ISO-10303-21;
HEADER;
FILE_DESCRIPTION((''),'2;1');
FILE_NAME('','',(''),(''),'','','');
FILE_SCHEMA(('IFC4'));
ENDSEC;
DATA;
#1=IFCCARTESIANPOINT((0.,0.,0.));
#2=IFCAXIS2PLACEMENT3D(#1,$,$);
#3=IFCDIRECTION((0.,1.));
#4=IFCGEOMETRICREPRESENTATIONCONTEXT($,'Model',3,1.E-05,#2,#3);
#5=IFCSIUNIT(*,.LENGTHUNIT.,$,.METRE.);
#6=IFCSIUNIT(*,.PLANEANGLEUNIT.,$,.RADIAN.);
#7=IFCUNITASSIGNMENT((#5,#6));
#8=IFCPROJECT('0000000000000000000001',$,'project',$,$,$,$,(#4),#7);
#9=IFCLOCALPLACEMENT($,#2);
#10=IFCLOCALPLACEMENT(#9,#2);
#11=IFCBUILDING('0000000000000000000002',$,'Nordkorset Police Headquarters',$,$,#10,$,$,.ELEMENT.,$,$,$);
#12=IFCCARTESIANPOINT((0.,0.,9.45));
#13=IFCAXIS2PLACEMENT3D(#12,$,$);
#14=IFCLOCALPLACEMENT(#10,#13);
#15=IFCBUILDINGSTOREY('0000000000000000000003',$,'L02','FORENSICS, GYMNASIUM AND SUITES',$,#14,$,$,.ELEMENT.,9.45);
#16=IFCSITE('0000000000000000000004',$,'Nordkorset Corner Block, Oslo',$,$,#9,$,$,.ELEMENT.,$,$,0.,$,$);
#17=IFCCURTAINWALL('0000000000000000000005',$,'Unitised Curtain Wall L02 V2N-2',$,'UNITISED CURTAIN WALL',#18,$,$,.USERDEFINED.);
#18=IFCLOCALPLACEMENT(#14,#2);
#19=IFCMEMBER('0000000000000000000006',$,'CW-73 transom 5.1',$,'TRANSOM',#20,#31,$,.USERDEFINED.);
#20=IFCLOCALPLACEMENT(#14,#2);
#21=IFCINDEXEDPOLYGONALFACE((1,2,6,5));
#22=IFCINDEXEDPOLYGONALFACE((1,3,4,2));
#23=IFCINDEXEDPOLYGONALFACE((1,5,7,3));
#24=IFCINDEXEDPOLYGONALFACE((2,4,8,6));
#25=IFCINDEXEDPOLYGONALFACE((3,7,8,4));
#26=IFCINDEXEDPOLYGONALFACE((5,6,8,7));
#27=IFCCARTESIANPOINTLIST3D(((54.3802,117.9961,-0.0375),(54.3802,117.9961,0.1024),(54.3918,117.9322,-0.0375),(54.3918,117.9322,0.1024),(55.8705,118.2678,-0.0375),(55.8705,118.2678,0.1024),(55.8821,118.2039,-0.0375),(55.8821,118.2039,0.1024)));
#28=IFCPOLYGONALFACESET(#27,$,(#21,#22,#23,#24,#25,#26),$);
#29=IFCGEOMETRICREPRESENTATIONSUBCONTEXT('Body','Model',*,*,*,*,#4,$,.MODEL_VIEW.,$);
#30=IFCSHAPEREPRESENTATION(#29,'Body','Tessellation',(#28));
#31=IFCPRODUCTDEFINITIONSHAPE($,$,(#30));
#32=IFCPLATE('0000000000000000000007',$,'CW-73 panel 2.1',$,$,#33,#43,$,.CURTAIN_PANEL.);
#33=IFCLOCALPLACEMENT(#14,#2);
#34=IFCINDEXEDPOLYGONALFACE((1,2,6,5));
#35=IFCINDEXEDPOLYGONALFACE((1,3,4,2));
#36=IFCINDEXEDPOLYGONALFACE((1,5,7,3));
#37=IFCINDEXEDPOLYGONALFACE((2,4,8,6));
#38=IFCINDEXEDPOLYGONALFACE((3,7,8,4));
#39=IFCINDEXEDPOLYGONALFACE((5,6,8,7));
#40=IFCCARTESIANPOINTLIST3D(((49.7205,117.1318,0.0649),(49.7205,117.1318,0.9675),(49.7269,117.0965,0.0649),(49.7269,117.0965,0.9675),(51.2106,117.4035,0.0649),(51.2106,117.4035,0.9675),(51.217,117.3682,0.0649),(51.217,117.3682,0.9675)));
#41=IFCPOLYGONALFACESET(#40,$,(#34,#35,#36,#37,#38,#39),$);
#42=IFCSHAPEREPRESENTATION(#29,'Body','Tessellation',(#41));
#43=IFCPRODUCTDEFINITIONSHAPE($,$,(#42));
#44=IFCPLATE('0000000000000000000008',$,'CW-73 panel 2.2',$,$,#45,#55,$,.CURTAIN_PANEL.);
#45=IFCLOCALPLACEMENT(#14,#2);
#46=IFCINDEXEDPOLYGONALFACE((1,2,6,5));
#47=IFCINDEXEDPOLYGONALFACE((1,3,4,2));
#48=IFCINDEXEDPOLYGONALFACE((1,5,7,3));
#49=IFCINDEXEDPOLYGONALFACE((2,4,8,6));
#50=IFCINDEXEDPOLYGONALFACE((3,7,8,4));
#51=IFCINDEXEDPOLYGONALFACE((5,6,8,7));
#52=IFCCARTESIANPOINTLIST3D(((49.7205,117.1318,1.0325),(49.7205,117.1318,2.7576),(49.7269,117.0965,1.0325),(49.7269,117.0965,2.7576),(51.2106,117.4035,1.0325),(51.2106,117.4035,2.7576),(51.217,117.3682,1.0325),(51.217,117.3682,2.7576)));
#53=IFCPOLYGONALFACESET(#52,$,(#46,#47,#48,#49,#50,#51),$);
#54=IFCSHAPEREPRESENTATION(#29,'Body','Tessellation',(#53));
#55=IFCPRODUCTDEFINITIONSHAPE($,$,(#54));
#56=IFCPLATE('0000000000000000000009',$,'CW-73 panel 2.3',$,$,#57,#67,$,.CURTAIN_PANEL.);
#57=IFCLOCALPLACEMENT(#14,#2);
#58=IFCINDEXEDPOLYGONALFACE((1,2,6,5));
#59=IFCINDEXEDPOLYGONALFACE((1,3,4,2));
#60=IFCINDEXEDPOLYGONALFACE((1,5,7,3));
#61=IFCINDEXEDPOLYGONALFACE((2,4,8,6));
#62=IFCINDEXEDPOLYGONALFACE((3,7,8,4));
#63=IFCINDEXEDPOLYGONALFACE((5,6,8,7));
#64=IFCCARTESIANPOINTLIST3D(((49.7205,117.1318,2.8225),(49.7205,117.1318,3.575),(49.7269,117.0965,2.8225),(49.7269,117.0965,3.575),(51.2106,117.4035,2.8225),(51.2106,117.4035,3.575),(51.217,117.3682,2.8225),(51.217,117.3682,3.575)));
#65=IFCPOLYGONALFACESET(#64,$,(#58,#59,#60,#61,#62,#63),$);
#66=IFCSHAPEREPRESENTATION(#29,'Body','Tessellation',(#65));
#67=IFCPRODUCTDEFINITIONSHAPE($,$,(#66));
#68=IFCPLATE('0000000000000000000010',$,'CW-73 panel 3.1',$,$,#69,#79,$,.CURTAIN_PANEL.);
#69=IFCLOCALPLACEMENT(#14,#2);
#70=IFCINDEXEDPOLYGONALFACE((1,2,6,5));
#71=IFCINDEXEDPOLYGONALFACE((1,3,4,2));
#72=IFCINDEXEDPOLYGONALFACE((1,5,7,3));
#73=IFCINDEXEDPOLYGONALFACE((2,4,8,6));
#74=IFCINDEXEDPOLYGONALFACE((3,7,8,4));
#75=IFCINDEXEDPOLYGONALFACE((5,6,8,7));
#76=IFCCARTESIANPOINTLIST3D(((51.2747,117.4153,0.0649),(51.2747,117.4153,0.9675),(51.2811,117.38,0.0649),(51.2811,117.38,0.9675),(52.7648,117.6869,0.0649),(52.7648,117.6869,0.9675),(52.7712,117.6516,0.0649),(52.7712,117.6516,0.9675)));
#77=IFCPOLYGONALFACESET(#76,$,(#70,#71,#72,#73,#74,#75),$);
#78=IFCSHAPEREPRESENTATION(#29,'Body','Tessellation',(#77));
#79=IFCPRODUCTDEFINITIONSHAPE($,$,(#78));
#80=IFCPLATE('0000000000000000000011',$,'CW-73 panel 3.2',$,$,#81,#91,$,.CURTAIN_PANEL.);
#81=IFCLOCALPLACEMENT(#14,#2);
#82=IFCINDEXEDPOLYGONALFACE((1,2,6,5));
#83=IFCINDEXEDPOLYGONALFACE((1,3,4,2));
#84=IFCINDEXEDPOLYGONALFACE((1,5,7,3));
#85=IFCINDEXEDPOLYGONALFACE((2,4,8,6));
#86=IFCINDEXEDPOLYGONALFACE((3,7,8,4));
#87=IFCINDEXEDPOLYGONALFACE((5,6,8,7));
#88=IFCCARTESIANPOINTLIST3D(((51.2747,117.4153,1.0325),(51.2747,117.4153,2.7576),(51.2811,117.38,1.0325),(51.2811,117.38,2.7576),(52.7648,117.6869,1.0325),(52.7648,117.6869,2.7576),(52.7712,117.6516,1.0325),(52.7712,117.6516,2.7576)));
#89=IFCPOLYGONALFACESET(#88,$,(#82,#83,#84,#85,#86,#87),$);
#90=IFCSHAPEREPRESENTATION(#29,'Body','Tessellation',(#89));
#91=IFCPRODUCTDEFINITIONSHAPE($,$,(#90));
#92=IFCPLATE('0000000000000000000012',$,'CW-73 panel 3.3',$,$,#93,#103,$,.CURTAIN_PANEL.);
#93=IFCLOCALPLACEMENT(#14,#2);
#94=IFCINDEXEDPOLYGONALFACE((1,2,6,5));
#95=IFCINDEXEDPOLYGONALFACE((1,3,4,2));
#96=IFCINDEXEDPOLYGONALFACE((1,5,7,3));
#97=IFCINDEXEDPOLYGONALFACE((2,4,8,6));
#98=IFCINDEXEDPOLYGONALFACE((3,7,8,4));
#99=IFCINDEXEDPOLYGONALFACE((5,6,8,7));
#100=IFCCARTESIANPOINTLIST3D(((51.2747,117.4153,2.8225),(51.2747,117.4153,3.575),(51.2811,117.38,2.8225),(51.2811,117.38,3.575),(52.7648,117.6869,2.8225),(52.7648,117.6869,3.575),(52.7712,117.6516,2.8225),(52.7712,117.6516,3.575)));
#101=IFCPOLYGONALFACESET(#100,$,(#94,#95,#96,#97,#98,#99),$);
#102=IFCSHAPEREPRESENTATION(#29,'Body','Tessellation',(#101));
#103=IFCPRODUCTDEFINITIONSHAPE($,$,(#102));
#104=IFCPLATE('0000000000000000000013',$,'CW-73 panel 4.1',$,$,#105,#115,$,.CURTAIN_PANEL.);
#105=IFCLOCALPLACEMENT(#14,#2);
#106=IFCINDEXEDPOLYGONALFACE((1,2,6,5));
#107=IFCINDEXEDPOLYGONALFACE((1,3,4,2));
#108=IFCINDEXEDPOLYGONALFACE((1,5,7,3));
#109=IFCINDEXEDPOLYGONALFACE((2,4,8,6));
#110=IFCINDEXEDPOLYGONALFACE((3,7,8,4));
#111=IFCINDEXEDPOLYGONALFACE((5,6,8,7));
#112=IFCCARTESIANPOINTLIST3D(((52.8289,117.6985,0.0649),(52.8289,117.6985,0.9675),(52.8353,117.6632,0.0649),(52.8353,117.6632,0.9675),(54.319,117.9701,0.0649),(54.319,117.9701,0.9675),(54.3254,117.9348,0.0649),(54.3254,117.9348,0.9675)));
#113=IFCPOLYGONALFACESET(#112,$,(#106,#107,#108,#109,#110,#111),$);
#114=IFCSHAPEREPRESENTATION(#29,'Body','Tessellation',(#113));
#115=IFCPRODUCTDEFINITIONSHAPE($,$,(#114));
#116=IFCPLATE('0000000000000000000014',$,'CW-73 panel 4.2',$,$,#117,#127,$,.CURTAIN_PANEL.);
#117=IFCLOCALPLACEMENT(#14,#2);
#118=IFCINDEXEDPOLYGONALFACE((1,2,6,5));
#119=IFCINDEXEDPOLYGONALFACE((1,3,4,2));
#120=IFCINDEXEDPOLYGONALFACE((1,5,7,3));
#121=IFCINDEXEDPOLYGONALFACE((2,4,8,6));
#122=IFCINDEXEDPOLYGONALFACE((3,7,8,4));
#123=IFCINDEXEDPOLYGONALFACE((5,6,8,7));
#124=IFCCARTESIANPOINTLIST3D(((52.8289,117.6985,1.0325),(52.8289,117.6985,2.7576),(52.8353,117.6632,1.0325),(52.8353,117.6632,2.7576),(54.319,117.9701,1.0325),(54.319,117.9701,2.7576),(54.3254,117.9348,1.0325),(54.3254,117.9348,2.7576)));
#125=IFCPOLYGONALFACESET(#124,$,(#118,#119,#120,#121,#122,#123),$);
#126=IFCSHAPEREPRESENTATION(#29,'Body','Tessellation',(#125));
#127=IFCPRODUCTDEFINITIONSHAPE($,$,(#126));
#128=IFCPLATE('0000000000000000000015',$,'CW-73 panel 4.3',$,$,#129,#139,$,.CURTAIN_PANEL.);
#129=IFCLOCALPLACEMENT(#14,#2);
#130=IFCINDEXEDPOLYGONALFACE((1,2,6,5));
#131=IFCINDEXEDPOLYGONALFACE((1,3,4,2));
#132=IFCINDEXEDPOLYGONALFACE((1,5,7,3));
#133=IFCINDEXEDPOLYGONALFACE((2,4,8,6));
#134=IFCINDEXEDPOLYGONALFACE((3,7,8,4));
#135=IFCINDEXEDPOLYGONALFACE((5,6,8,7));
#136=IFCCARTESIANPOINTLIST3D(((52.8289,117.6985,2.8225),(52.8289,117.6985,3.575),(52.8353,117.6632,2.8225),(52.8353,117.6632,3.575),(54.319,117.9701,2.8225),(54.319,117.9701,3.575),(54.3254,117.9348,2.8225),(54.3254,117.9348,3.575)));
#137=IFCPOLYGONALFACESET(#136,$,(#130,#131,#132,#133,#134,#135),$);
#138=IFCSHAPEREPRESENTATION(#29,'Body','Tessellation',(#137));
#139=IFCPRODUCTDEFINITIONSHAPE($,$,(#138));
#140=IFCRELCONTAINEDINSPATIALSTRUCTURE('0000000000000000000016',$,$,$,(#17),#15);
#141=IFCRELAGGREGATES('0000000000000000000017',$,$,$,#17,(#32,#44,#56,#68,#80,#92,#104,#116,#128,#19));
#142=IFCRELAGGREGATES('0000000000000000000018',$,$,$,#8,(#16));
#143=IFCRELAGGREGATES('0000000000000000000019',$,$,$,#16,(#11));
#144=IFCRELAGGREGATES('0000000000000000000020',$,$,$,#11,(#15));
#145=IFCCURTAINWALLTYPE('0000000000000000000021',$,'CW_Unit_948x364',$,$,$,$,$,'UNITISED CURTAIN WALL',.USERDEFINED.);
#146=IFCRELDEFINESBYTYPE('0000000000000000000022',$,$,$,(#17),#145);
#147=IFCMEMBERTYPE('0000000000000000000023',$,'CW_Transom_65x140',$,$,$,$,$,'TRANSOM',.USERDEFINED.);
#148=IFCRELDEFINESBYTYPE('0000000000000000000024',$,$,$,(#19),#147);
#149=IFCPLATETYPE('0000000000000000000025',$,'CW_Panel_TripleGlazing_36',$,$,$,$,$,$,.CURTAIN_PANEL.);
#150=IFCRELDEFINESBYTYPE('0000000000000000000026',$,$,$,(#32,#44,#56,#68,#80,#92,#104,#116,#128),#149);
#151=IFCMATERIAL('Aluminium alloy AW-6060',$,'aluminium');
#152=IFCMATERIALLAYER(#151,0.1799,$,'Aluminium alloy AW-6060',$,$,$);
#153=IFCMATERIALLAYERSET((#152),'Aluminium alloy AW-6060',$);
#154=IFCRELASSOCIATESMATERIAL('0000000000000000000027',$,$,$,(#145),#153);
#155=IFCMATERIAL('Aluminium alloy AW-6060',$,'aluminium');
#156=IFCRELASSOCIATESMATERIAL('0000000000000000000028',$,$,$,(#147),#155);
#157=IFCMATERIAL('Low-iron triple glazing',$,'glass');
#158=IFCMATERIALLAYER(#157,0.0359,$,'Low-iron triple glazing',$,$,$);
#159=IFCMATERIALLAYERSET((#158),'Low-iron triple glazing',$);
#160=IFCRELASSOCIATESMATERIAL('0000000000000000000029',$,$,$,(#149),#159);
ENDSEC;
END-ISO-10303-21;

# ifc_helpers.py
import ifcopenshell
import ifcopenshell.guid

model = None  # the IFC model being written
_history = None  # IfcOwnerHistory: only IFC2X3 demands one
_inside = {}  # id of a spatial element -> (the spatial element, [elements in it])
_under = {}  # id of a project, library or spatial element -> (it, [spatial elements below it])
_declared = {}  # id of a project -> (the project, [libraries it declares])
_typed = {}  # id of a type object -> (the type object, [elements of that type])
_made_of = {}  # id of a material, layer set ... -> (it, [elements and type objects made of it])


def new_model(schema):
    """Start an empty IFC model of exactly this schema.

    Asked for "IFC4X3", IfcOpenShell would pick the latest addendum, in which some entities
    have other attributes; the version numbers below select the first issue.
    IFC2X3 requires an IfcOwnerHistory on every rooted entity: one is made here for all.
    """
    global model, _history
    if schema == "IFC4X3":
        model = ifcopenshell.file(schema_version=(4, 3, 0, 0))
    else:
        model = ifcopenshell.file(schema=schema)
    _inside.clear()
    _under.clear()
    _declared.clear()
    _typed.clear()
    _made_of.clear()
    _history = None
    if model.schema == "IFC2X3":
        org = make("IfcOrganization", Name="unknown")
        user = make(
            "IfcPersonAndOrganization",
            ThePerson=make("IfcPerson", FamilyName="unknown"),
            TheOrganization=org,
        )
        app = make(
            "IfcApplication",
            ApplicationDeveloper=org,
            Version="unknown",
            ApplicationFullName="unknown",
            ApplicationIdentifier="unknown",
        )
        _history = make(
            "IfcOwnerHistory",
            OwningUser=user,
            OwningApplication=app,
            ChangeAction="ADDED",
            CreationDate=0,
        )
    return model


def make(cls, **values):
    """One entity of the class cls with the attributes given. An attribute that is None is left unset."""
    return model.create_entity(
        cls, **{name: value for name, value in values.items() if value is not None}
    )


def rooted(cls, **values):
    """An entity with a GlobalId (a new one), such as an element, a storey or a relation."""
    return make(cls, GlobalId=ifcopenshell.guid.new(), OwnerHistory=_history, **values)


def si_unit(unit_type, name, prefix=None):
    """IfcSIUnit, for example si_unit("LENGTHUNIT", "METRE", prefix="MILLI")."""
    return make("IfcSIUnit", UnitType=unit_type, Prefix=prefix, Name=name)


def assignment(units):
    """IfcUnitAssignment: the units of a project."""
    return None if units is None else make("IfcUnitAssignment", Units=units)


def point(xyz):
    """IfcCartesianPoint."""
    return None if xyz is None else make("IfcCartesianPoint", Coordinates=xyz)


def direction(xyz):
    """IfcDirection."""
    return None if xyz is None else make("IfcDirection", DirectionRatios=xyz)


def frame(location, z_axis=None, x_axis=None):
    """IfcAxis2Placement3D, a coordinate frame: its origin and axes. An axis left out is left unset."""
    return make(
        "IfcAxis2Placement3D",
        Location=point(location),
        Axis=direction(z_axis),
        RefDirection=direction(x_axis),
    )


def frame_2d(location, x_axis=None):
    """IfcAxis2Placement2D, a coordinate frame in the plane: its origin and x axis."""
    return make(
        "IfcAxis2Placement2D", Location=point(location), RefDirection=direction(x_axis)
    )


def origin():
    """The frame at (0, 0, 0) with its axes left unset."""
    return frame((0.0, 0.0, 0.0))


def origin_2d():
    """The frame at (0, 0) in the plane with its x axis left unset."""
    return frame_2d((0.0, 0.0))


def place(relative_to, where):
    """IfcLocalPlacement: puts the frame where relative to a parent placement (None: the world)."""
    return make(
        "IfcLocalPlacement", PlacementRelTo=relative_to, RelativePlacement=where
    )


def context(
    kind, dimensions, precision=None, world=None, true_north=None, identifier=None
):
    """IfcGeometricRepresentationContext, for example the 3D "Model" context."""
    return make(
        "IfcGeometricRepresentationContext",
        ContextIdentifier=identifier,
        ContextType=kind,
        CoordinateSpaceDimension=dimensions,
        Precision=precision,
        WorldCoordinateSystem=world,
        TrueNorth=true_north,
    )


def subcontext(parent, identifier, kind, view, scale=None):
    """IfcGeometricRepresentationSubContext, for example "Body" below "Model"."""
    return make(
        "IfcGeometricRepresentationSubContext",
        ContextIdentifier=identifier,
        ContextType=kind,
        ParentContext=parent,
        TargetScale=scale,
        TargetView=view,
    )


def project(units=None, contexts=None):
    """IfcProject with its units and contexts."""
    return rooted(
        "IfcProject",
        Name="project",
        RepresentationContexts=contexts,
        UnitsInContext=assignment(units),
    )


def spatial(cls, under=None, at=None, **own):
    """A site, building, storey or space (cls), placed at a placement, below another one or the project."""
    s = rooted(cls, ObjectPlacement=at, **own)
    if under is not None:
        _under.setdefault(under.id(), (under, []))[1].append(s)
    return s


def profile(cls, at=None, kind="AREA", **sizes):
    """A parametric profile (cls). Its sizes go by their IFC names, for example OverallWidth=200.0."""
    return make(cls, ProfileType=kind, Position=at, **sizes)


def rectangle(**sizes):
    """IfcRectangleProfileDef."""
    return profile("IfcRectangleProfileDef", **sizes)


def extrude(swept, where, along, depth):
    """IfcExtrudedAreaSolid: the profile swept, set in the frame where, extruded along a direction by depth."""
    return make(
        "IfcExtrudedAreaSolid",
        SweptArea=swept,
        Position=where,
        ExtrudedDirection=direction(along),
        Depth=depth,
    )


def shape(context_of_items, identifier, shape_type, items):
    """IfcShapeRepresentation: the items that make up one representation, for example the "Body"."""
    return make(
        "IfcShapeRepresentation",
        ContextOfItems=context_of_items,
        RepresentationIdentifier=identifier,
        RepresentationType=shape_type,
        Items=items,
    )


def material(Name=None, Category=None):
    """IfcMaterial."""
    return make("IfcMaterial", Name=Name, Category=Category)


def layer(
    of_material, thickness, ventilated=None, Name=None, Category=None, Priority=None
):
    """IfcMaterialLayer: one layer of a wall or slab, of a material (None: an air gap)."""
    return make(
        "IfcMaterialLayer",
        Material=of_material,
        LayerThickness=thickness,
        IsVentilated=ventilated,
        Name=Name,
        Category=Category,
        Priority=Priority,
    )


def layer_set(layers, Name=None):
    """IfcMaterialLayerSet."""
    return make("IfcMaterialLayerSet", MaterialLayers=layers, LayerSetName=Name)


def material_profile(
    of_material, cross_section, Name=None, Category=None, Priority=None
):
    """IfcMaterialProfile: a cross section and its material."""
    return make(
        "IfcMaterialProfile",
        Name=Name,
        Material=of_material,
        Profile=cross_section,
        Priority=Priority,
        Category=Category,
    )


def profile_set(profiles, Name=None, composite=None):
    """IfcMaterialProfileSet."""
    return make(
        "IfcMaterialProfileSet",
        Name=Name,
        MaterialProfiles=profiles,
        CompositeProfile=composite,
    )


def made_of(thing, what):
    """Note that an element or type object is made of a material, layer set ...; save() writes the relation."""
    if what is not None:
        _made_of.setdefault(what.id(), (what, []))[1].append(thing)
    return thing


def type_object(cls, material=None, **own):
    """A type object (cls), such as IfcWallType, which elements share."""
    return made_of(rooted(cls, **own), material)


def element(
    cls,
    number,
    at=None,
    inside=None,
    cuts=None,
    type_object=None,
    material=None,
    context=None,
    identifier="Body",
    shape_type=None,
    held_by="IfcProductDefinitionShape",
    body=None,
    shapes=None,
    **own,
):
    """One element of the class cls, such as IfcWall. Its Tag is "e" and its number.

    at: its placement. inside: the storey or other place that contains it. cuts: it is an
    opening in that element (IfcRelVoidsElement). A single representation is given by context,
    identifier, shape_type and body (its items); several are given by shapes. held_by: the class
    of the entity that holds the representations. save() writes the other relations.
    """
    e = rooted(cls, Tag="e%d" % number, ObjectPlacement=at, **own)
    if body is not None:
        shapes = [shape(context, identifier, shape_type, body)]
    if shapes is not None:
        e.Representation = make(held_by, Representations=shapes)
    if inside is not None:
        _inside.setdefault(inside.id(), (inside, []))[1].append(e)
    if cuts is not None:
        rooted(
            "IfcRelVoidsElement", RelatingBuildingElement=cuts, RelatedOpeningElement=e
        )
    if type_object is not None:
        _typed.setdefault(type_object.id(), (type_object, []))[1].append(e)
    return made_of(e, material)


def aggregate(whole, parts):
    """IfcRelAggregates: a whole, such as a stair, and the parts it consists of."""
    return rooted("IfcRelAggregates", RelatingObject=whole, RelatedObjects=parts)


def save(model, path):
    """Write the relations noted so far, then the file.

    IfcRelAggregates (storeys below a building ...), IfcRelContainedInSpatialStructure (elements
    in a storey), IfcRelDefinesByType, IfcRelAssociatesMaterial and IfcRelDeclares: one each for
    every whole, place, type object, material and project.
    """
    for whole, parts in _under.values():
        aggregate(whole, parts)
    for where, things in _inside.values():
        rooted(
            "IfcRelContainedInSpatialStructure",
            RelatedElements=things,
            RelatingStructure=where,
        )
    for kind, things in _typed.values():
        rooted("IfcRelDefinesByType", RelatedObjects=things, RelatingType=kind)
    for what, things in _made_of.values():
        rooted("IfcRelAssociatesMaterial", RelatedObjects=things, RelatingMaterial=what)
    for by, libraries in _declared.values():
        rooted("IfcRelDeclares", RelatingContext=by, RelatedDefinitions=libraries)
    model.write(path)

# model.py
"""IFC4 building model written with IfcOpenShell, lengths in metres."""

from ifc_helpers import new_model, si_unit, direction, frame, origin, origin_2d, place, context, subcontext, project, spatial, rectangle, extrude, material, layer, layer_set, material_profile, profile_set, type_object, element, aggregate, save


model = new_model("IFC4")

# Units and contexts
model_context = context("Model", 3, precision=1e-05, world=origin(), true_north=direction((0.0, 1.0)))
body_context = subcontext(model_context, "Body", "Model", "MODEL_VIEW")
ifc_project = project(units=[si_unit("LENGTHUNIT", "METRE"), si_unit("PLANEANGLEUNIT", "RADIAN")], contexts=[model_context])

# Site, building, storey
site_placement = place(None, origin())
site = spatial("IfcSite", under=ifc_project, at=site_placement, Name="Nordkorset Corner Block, Oslo", CompositionType="ELEMENT", RefElevation=0.0)
building_placement = place(site_placement, origin())
building = spatial("IfcBuilding", under=site, at=building_placement, Name="Nordkorset Police Headquarters", CompositionType="ELEMENT")
storey_placement = place(building_placement, frame((0.0, 0.0, 9.45)))
storey = spatial("IfcBuildingStorey", under=building, at=storey_placement, Name="L02", Description="FORENSICS, GYMNASIUM AND SUITES", CompositionType="ELEMENT", Elevation=9.45)

# Curtain wall, member, plates
ifc_material_1 = material(Name="Aluminium alloy AW-6060", Category="aluminium")
ifc_layer_1 = layer(ifc_material_1, 0.1799, Name="Aluminium alloy AW-6060")
ifc_layer_set_1 = layer_set([ifc_layer_1], Name="Aluminium alloy AW-6060")
curtain_wall_type = type_object("IfcCurtainWallType", Name="CW_Unit_948x364", ElementType="UNITISED CURTAIN WALL", PredefinedType="USERDEFINED", material=ifc_layer_set_1)
curtain_wall_placement = place(storey_placement, origin())
curtain_wall = element("IfcCurtainWall", 1, at=curtain_wall_placement, inside=storey, type_object=curtain_wall_type, Name="Unitised Curtain Wall L02 V2N-2", ObjectType="UNITISED CURTAIN WALL", PredefinedType="USERDEFINED")
ifc_material_2 = material(Name="Aluminium alloy AW-6060", Category="aluminium")
ifc_material_profile_1 = material_profile(ifc_material_2, rectangle(XDim=0.0649, YDim=0.1399, at=origin_2d()), Name="ALU TRAN 65x140")
ifc_profile_set_1 = profile_set([ifc_material_profile_1], Name="Aluminium alloy AW-6060")
member_type_1 = type_object("IfcMemberType", Name="CW_Transom_65x140", ElementType="TRANSOM", PredefinedType="USERDEFINED", material=ifc_profile_set_1)
member_1_placement = place(storey_placement, frame((54.386, 117.9641, 0.0325), z_axis=(0.98378, 0.179382, 0.0), x_axis=(-0.179382, 0.98378, 0.0)))
member_1 = element("IfcMember", 2, at=member_1_placement, type_object=member_type_1, Name="CW-73 transom 5.1", ObjectType="TRANSOM", PredefinedType="USERDEFINED", context=body_context, shape_type="SweptSolid", body=[
    extrude(rectangle(XDim=0.0649, YDim=0.1399, at=origin_2d()), origin(), (0.0, 0.0, 1.0), 1.5149),
])
ifc_material_3 = material(Name="Low-iron triple glazing", Category="glass")
ifc_layer_2 = layer(ifc_material_3, 0.0359, Name="Low-iron triple glazing")
ifc_layer_set_2 = layer_set([ifc_layer_2], Name="Low-iron triple glazing")
plate_type = type_object("IfcPlateType", Name="CW_Panel_TripleGlazing_36", PredefinedType="CURTAIN_PANEL", material=ifc_layer_set_2)
plate_1_placement = place(storey_placement, frame((50.4688, 117.25, 0.0649), z_axis=(0.0, 0.0, 1.0), x_axis=(0.983788, 0.179336, 0.0)))
plate_1 = element("IfcPlate", 3, at=plate_1_placement, type_object=plate_type, Name="CW-73 panel 2.1", PredefinedType="CURTAIN_PANEL", context=body_context, shape_type="SweptSolid", body=[
    extrude(rectangle(XDim=1.5146, YDim=0.0359, at=origin_2d()), origin(), (0.0, 0.0, 1.0), 0.9026),
])
plate_2_placement = place(storey_placement, frame((50.4688, 117.25, 1.0325), z_axis=(0.0, 0.0, 1.0), x_axis=(0.983788, 0.179336, 0.0)))
plate_2 = element("IfcPlate", 4, at=plate_2_placement, type_object=plate_type, Name="CW-73 panel 2.2", PredefinedType="CURTAIN_PANEL", context=body_context, shape_type="SweptSolid", body=[
    extrude(rectangle(XDim=1.5146, YDim=0.0359, at=origin_2d()), origin(), (0.0, 0.0, 1.0), 1.7251),
])
plate_3_placement = place(storey_placement, frame((50.4688, 117.25, 2.8225), z_axis=(0.0, 0.0, 1.0), x_axis=(0.983788, 0.179336, 0.0)))
plate_3 = element("IfcPlate", 5, at=plate_3_placement, type_object=plate_type, Name="CW-73 panel 2.3", PredefinedType="CURTAIN_PANEL", context=body_context, shape_type="SweptSolid", body=[
    extrude(rectangle(XDim=1.5146, YDim=0.0359, at=origin_2d()), origin(), (0.0, 0.0, 1.0), 0.7524),
])
plate_4_placement = place(storey_placement, frame((52.0229, 117.5334, 0.0649), z_axis=(0.0, 0.0, 1.0), x_axis=(0.983788, 0.179336, 0.0)))
plate_4 = element("IfcPlate", 6, at=plate_4_placement, type_object=plate_type, Name="CW-73 panel 3.1", PredefinedType="CURTAIN_PANEL", context=body_context, shape_type="SweptSolid", body=[
    extrude(rectangle(XDim=1.5146, YDim=0.0359, at=origin_2d()), origin(), (0.0, 0.0, 1.0), 0.9026),
])
plate_5_placement = place(storey_placement, frame((52.0229, 117.5334, 1.0325), z_axis=(0.0, 0.0, 1.0), x_axis=(0.983788, 0.179336, 0.0)))
plate_5 = element("IfcPlate", 7, at=plate_5_placement, type_object=plate_type, Name="CW-73 panel 3.2", PredefinedType="CURTAIN_PANEL", context=body_context, shape_type="SweptSolid", body=[
    extrude(rectangle(XDim=1.5146, YDim=0.0359, at=origin_2d()), origin(), (0.0, 0.0, 1.0), 1.7251),
])
plate_6_placement = place(storey_placement, frame((52.0229, 117.5334, 2.8225), z_axis=(0.0, 0.0, 1.0), x_axis=(0.983788, 0.179336, 0.0)))
plate_6 = element("IfcPlate", 8, at=plate_6_placement, type_object=plate_type, Name="CW-73 panel 3.3", PredefinedType="CURTAIN_PANEL", context=body_context, shape_type="SweptSolid", body=[
    extrude(rectangle(XDim=1.5146, YDim=0.0359, at=origin_2d()), origin(), (0.0, 0.0, 1.0), 0.7524),
])
plate_7_placement = place(storey_placement, frame((53.5771, 117.8167, 0.0649), z_axis=(0.0, 0.0, 1.0), x_axis=(0.983788, 0.179336, 0.0)))
plate_7 = element("IfcPlate", 9, at=plate_7_placement, type_object=plate_type, Name="CW-73 panel 4.1", PredefinedType="CURTAIN_PANEL", context=body_context, shape_type="SweptSolid", body=[
    extrude(rectangle(XDim=1.5146, YDim=0.0359, at=origin_2d()), origin(), (0.0, 0.0, 1.0), 0.9026),
])
plate_8_placement = place(storey_placement, frame((53.5771, 117.8167, 1.0325), z_axis=(0.0, 0.0, 1.0), x_axis=(0.983788, 0.179336, 0.0)))
plate_8 = element("IfcPlate", 10, at=plate_8_placement, type_object=plate_type, Name="CW-73 panel 4.2", PredefinedType="CURTAIN_PANEL", context=body_context, shape_type="SweptSolid", body=[
    extrude(rectangle(XDim=1.5146, YDim=0.0359, at=origin_2d()), origin(), (0.0, 0.0, 1.0), 1.7251),
])
plate_9_placement = place(storey_placement, frame((53.5771, 117.8167, 2.8225), z_axis=(0.0, 0.0, 1.0), x_axis=(0.983788, 0.179336, 0.0)))
plate_9 = element("IfcPlate", 11, at=plate_9_placement, type_object=plate_type, Name="CW-73 panel 4.3", PredefinedType="CURTAIN_PANEL", context=body_context, shape_type="SweptSolid", body=[
    extrude(rectangle(XDim=1.5146, YDim=0.0359, at=origin_2d()), origin(), (0.0, 0.0, 1.0), 0.7524),
])
aggregate(curtain_wall, [plate_1, plate_2, plate_3, plate_4, plate_5, plate_6, plate_7, plate_8, plate_9, member_1])

save(model, "model.ifc")
